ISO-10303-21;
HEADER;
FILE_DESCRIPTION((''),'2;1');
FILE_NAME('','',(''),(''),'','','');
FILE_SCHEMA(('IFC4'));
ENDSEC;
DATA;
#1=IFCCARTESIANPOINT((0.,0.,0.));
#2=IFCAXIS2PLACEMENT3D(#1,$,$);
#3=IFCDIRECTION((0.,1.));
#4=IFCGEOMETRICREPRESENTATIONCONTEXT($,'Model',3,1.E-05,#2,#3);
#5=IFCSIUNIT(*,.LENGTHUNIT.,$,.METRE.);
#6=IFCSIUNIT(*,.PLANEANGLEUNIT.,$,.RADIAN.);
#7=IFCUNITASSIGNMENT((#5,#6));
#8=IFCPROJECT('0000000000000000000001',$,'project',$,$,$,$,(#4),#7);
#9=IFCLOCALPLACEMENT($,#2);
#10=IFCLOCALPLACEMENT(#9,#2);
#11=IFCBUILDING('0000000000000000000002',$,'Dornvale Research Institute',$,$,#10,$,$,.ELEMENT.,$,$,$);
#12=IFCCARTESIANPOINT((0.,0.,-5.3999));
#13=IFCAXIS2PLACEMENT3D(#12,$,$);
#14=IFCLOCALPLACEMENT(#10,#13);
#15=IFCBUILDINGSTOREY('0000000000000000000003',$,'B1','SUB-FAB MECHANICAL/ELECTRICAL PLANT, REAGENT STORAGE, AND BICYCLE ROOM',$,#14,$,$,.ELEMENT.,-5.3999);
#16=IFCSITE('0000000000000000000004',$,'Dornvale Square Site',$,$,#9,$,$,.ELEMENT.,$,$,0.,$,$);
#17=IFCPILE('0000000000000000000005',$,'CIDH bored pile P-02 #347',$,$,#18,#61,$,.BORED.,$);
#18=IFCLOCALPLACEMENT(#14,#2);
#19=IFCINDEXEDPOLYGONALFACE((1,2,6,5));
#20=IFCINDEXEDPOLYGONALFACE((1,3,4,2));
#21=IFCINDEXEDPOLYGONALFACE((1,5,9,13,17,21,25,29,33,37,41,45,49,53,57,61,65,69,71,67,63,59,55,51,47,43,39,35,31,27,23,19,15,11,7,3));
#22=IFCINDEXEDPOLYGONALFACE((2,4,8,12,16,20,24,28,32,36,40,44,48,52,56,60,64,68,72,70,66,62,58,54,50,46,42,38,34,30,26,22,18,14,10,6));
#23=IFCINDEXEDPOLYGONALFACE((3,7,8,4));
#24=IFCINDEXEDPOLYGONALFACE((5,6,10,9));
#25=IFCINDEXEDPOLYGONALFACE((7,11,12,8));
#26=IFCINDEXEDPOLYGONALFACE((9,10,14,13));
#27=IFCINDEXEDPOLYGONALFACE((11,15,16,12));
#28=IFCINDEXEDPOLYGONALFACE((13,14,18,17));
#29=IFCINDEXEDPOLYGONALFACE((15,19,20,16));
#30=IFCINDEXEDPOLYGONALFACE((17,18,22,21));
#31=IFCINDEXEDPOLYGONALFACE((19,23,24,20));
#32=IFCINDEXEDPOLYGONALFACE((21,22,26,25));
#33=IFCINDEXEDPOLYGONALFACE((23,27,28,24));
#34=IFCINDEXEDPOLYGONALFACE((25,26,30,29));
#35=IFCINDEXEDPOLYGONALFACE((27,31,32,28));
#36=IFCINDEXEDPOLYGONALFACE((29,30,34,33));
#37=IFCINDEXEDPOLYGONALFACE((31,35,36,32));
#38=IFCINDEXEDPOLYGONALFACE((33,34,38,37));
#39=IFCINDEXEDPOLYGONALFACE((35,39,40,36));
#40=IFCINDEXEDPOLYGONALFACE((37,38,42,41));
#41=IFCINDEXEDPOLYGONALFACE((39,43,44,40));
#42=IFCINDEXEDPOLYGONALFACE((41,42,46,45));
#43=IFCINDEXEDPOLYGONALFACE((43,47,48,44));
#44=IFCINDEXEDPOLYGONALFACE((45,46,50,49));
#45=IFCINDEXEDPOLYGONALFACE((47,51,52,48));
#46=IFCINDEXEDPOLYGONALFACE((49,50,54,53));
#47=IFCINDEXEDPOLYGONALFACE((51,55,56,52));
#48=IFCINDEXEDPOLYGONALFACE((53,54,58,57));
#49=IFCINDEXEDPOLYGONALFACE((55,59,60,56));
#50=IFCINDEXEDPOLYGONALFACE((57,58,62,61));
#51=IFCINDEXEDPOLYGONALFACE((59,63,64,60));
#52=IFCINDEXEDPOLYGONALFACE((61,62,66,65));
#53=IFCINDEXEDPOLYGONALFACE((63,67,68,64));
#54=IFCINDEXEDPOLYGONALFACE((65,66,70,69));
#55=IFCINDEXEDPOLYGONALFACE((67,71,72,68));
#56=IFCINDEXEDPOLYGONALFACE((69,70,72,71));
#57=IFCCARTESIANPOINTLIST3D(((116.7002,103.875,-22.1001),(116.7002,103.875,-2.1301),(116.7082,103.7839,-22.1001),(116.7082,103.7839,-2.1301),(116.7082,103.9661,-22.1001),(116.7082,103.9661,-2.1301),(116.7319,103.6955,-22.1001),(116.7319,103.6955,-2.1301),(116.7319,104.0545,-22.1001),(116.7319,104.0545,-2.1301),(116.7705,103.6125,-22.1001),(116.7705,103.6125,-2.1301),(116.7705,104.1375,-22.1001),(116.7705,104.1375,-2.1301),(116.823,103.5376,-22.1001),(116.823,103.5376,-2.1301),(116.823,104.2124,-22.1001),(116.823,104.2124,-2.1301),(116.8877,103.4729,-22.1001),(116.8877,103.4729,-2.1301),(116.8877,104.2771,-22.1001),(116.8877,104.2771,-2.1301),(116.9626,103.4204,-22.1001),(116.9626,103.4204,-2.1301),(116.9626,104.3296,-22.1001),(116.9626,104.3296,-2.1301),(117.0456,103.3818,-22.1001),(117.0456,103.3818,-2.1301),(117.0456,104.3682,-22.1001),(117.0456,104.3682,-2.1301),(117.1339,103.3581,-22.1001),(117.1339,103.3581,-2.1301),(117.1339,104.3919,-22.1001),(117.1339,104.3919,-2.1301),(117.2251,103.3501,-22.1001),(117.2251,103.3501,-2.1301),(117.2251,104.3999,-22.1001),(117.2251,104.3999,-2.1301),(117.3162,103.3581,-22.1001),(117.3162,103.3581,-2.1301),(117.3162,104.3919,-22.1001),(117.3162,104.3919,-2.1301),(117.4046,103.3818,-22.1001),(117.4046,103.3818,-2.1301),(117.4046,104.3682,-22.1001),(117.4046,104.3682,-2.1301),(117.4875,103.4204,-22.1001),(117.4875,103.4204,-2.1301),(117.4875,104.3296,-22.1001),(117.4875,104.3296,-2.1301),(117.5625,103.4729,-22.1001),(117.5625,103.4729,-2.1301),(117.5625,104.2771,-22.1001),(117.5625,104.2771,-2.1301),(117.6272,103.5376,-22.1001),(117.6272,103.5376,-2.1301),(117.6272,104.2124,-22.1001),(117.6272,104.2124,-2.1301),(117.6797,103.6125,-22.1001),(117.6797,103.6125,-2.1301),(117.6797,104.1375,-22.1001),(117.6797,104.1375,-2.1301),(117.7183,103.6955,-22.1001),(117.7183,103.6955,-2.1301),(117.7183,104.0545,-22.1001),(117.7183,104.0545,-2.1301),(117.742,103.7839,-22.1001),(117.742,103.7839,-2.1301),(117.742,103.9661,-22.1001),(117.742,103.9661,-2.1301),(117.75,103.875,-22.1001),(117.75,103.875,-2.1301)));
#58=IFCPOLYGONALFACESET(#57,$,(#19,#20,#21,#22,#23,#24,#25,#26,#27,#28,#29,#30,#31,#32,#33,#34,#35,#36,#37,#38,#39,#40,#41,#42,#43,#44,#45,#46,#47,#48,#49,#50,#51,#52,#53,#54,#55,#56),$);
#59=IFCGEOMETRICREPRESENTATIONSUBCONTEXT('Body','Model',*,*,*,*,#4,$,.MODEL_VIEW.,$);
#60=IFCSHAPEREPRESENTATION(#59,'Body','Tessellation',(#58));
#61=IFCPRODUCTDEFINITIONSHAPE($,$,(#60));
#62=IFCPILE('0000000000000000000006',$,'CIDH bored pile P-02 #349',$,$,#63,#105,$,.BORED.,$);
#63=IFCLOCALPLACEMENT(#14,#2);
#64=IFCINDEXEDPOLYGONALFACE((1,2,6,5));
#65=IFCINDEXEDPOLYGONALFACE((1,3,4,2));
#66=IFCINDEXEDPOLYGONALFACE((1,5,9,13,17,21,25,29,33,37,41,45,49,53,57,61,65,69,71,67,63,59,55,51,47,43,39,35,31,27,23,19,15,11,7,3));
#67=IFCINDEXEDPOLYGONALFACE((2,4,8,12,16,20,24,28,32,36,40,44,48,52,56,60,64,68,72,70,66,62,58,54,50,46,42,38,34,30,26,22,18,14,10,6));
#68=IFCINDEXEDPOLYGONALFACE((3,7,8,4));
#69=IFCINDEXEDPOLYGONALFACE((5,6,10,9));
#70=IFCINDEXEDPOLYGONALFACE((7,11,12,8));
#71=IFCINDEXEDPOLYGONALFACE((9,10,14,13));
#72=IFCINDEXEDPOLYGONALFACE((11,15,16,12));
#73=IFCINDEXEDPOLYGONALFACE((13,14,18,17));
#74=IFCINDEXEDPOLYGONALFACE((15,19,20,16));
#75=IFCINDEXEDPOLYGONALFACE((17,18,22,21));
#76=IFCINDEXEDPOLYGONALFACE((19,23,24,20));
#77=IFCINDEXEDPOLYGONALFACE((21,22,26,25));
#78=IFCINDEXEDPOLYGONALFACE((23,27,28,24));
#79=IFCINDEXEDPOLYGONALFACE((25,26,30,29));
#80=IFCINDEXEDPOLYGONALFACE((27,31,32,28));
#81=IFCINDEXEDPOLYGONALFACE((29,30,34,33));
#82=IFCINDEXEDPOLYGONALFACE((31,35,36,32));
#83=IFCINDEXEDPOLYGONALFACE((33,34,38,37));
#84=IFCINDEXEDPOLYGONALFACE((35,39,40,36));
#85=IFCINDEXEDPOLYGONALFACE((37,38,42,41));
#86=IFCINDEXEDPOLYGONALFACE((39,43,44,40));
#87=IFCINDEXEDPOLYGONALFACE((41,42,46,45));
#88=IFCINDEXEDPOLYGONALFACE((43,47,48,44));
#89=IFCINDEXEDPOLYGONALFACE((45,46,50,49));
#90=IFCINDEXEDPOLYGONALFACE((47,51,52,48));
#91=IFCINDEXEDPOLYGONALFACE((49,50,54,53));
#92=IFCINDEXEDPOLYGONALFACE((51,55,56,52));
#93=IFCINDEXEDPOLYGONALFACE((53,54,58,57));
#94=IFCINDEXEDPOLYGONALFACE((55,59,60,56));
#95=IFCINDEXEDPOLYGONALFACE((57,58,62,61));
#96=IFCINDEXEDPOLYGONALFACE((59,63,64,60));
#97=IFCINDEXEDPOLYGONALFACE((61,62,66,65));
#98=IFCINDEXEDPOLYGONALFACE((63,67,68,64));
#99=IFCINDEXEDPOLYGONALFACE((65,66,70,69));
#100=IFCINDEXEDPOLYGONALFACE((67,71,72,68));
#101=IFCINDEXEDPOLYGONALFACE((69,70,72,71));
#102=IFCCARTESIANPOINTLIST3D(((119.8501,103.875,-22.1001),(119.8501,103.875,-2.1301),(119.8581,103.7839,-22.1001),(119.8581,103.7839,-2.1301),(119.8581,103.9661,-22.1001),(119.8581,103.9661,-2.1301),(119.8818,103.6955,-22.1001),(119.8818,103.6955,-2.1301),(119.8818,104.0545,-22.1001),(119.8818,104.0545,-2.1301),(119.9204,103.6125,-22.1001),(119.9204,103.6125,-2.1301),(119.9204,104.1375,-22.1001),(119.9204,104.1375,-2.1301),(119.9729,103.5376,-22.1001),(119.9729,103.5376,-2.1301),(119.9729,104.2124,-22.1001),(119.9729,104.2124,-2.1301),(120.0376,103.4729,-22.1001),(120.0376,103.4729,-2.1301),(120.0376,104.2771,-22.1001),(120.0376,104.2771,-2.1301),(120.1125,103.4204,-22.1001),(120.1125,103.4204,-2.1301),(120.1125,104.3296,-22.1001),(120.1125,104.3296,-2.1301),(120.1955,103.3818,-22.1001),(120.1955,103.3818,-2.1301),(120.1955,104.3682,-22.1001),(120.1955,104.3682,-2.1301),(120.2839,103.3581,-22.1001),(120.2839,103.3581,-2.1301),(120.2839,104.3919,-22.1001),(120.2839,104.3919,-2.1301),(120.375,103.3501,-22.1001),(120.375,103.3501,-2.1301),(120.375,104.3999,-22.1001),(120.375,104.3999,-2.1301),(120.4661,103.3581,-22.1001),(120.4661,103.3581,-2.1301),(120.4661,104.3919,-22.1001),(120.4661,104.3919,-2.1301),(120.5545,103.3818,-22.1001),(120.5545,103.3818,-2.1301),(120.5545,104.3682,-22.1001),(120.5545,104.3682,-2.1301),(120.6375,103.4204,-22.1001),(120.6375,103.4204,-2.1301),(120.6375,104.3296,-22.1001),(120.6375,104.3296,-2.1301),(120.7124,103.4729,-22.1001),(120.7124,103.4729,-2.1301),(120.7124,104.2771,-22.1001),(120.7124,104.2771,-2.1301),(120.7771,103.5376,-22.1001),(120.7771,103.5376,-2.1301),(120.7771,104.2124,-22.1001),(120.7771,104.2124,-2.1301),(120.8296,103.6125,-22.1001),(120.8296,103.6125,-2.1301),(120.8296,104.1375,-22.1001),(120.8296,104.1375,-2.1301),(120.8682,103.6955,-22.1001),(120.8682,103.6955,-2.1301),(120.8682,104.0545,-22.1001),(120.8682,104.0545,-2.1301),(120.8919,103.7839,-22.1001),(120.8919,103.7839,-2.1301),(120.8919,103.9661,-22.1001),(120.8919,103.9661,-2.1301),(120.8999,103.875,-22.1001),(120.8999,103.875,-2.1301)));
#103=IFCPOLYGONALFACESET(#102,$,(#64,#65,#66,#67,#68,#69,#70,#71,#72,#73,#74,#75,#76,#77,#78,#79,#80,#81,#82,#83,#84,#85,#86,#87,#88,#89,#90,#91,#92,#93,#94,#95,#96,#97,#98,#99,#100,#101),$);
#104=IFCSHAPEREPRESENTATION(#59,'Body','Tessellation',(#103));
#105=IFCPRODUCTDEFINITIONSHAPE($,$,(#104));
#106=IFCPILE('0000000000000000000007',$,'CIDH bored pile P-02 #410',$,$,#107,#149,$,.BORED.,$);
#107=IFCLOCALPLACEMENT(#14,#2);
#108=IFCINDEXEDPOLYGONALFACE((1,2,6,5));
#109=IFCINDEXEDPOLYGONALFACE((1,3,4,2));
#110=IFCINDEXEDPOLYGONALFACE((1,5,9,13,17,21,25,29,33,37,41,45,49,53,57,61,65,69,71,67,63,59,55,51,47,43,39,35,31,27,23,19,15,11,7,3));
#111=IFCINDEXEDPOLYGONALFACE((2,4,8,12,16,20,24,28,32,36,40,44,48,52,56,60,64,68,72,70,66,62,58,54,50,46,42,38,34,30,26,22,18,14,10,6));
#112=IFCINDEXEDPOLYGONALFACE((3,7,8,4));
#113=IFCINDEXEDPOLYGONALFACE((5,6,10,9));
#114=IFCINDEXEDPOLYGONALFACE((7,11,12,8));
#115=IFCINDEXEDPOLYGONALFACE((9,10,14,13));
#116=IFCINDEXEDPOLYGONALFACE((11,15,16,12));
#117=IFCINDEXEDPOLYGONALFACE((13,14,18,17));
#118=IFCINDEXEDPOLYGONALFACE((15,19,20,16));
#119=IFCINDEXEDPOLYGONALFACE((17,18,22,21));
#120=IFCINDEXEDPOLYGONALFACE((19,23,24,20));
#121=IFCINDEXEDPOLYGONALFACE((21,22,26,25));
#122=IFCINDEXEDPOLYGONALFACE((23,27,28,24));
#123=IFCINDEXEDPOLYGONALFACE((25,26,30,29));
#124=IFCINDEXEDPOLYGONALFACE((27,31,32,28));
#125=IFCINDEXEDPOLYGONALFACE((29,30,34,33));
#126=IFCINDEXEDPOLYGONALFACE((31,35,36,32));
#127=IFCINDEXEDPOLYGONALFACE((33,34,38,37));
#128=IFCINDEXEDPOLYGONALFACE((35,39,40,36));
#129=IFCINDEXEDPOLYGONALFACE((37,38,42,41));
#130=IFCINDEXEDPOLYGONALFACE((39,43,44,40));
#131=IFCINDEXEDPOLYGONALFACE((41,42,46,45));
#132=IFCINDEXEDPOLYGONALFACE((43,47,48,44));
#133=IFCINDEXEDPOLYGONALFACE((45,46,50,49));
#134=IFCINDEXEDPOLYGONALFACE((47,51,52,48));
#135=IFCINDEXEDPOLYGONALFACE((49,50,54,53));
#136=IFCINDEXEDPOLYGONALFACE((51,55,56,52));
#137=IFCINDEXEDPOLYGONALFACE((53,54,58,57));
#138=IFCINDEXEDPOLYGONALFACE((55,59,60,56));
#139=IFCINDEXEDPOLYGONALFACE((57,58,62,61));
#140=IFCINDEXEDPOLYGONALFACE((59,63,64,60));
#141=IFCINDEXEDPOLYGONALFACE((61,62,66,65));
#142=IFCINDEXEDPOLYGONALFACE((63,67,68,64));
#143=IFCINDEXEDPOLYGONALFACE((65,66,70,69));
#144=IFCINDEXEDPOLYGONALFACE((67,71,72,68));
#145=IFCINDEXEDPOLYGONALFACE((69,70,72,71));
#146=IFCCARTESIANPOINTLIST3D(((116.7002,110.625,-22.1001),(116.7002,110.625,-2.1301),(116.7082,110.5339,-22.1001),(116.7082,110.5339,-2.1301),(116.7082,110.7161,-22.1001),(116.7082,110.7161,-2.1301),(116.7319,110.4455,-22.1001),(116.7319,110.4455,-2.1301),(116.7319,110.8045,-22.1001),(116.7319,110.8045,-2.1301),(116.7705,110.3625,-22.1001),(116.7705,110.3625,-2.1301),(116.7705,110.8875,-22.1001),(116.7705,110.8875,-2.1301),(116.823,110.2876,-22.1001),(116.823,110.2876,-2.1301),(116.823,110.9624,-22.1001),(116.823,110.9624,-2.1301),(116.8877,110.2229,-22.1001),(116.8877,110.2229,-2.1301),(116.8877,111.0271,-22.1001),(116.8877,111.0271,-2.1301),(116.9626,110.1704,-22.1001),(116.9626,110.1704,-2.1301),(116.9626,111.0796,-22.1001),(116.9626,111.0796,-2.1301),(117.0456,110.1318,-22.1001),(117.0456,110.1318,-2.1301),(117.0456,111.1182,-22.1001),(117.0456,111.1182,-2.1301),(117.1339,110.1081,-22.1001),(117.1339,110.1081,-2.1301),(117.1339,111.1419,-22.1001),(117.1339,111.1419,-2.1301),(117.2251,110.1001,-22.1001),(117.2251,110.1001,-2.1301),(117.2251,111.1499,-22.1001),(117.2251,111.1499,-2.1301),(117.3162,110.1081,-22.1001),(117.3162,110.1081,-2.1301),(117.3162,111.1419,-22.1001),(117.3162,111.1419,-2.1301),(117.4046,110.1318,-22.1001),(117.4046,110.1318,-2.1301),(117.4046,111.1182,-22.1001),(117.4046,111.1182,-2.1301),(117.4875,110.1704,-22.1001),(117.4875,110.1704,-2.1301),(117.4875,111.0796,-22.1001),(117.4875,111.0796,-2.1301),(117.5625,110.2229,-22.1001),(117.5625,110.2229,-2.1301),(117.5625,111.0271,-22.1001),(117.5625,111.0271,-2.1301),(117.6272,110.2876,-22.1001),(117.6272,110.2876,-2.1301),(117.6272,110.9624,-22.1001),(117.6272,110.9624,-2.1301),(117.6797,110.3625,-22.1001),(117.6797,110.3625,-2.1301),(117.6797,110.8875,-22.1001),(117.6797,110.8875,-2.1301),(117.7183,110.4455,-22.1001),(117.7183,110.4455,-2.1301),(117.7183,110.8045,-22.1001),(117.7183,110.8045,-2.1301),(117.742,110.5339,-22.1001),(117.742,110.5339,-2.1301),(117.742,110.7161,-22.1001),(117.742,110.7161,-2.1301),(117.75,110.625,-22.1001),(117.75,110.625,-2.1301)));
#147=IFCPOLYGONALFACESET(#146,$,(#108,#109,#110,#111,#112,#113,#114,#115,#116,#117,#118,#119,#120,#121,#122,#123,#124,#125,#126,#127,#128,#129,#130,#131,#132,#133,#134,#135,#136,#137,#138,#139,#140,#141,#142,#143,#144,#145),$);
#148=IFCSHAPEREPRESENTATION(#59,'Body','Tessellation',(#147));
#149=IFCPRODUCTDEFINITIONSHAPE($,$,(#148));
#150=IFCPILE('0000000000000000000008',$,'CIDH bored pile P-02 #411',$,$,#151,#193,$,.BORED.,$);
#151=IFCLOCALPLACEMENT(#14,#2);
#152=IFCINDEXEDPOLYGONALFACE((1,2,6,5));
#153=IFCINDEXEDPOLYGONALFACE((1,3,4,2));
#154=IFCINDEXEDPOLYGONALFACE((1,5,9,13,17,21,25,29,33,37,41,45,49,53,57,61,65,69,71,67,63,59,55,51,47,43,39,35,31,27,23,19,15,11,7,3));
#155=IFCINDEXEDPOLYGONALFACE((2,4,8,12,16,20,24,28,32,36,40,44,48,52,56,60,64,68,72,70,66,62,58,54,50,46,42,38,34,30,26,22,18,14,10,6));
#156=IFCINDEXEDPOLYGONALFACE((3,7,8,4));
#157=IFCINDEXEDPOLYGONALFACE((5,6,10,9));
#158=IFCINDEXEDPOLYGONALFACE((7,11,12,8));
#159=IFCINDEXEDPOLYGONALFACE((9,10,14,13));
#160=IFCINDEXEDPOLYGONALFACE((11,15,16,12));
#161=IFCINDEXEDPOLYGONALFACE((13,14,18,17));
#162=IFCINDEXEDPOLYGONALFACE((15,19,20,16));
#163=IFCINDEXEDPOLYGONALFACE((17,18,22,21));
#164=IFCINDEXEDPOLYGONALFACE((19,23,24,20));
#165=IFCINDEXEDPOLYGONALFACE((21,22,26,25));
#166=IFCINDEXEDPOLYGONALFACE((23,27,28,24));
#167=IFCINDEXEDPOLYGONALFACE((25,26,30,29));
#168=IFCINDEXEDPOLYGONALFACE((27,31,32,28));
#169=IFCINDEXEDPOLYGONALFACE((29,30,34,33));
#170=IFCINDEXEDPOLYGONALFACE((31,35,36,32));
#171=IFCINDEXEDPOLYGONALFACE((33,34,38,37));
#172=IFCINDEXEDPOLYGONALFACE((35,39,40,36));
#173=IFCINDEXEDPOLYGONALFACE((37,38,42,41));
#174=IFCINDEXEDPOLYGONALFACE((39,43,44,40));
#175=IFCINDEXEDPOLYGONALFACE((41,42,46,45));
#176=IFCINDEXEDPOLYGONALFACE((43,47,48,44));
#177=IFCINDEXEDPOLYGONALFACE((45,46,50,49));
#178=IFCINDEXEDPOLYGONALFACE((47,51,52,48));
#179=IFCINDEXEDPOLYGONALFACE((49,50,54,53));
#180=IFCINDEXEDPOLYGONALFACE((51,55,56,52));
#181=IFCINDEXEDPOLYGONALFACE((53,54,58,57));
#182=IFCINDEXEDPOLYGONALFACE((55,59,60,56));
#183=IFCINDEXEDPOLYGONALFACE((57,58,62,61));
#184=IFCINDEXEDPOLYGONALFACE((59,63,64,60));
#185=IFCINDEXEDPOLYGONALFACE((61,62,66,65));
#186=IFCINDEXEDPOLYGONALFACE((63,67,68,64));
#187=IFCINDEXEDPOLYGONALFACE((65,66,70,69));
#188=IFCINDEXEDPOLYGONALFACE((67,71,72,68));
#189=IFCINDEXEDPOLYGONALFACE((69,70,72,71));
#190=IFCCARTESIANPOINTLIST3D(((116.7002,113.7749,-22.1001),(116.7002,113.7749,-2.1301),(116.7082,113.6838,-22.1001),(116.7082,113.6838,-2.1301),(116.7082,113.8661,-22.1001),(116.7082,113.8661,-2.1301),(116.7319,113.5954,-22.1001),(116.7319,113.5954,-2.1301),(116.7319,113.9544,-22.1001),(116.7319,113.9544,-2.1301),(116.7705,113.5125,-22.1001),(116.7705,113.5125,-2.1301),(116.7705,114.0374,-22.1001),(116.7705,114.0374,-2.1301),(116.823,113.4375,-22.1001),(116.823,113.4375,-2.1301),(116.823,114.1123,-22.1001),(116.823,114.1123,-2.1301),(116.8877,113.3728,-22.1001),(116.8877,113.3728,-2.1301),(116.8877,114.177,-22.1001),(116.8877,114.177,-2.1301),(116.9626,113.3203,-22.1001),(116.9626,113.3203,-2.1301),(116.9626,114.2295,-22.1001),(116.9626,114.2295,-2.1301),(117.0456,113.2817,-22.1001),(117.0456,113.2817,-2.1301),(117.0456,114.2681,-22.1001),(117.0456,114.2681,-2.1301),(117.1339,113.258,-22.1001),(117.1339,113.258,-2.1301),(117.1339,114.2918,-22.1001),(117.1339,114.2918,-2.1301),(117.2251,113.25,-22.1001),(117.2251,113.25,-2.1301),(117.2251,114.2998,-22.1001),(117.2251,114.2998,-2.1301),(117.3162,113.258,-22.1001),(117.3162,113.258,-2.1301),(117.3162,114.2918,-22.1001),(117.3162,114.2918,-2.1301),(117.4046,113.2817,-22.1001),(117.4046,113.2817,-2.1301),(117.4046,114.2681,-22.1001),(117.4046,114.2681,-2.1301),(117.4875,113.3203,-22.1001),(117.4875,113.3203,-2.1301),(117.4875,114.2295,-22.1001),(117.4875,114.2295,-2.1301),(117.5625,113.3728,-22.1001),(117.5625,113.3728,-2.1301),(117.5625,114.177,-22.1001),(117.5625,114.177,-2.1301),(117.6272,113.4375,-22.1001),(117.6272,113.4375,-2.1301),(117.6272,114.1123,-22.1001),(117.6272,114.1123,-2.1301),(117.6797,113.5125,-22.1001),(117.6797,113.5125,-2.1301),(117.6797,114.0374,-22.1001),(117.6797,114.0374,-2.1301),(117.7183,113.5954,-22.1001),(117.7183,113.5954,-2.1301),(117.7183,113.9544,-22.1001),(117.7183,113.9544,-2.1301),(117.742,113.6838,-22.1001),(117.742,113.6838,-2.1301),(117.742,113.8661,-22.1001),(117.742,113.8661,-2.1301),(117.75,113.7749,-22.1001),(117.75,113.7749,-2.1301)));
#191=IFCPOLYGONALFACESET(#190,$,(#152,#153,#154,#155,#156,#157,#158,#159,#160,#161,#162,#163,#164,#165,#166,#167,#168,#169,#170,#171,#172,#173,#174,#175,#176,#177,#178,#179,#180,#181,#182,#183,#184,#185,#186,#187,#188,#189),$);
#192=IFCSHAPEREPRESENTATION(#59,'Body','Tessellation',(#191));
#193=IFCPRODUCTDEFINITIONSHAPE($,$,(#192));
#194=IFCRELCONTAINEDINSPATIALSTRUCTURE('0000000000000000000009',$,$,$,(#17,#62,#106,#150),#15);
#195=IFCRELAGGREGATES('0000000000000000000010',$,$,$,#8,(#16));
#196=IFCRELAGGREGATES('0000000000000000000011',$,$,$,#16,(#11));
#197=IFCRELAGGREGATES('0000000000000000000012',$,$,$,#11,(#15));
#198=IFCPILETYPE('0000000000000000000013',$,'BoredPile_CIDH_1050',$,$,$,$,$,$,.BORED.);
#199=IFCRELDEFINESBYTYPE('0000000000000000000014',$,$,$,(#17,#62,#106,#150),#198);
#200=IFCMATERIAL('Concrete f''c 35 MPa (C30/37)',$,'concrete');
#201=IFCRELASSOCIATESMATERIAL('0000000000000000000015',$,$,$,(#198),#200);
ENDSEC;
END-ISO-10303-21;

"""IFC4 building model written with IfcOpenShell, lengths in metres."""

from ifc_helpers import new_model, si_unit, direction, frame, origin, origin_2d, place, context, subcontext, project, spatial, circle, extrude, material, material_profile, profile_set, type_object, element, save


model = new_model("IFC4")

# Units and contexts
model_context = context("Model", 3, precision=1e-05, world=origin(), true_north=direction((0.0, 1.0)))
body_context = subcontext(model_context, "Body", "Model", "MODEL_VIEW")
ifc_project = project(units=[si_unit("LENGTHUNIT", "METRE"), si_unit("PLANEANGLEUNIT", "RADIAN")], contexts=[model_context])

# Site, building, storey
site_placement = place(None, origin())
site = spatial("IfcSite", under=ifc_project, at=site_placement, Name="Dornvale Square Site", CompositionType="ELEMENT", RefElevation=0.0)
building_placement = place(site_placement, origin())
building = spatial("IfcBuilding", under=site, at=building_placement, Name="Dornvale Research Institute", CompositionType="ELEMENT")
storey_placement = place(building_placement, frame((0.0, 0.0, -5.3999)))
storey = spatial("IfcBuildingStorey", under=building, at=storey_placement, Name="B1", Description="SUB-FAB MECHANICAL/ELECTRICAL PLANT, REAGENT STORAGE, AND BICYCLE ROOM", CompositionType="ELEMENT", Elevation=-5.3999)

# Piles
ifc_material_1 = material(Name="Concrete f'c 35 MPa (C30/37)", Category="concrete")
ifc_material_profile_1 = material_profile(ifc_material_1, circle(Radius=0.5249, at=origin_2d()), Name="CIDH PILE D1050")
ifc_profile_set_1 = profile_set([ifc_material_profile_1], Name="Concrete f'c 35 MPa (C30/37)")
pile_type_1 = type_object("IfcPileType", Name="BoredPile_CIDH_1050", PredefinedType="BORED", material=ifc_profile_set_1)
for number, where, z_axis, x_axis, name in (
    (1, (117.2251, 103.875, -2.1301), (0.0, 0.0, -1.0), (1.0, 0.0, 0.0), "CIDH bored pile P-02 #347"),
    (2, (120.375, 103.875, -2.1301), (0.0, 0.0, -1.0), (1.0, 0.0, 0.0), "CIDH bored pile P-02 #349"),
    (3, (117.2251, 110.625, -2.1301), (0.0, 0.0, -1.0), (1.0, 0.0, 0.0), "CIDH bored pile P-02 #410"),
    (4, (117.2251, 113.7749, -2.1301), (0.0, 0.0, -1.0), (1.0, 0.0, 0.0), "CIDH bored pile P-02 #411"),
):
    element("IfcPile", number, at=place(storey_placement, frame(where, z_axis=z_axis, x_axis=x_axis)), inside=storey, type_object=pile_type_1, Name=name, PredefinedType="BORED", context=body_context, shape_type="SweptSolid", body=[
        extrude(circle(Radius=0.5249, at=origin_2d()), origin(), (0.0, 0.0, 1.0), 19.97),
    ])

save(model, "model.ifc")
